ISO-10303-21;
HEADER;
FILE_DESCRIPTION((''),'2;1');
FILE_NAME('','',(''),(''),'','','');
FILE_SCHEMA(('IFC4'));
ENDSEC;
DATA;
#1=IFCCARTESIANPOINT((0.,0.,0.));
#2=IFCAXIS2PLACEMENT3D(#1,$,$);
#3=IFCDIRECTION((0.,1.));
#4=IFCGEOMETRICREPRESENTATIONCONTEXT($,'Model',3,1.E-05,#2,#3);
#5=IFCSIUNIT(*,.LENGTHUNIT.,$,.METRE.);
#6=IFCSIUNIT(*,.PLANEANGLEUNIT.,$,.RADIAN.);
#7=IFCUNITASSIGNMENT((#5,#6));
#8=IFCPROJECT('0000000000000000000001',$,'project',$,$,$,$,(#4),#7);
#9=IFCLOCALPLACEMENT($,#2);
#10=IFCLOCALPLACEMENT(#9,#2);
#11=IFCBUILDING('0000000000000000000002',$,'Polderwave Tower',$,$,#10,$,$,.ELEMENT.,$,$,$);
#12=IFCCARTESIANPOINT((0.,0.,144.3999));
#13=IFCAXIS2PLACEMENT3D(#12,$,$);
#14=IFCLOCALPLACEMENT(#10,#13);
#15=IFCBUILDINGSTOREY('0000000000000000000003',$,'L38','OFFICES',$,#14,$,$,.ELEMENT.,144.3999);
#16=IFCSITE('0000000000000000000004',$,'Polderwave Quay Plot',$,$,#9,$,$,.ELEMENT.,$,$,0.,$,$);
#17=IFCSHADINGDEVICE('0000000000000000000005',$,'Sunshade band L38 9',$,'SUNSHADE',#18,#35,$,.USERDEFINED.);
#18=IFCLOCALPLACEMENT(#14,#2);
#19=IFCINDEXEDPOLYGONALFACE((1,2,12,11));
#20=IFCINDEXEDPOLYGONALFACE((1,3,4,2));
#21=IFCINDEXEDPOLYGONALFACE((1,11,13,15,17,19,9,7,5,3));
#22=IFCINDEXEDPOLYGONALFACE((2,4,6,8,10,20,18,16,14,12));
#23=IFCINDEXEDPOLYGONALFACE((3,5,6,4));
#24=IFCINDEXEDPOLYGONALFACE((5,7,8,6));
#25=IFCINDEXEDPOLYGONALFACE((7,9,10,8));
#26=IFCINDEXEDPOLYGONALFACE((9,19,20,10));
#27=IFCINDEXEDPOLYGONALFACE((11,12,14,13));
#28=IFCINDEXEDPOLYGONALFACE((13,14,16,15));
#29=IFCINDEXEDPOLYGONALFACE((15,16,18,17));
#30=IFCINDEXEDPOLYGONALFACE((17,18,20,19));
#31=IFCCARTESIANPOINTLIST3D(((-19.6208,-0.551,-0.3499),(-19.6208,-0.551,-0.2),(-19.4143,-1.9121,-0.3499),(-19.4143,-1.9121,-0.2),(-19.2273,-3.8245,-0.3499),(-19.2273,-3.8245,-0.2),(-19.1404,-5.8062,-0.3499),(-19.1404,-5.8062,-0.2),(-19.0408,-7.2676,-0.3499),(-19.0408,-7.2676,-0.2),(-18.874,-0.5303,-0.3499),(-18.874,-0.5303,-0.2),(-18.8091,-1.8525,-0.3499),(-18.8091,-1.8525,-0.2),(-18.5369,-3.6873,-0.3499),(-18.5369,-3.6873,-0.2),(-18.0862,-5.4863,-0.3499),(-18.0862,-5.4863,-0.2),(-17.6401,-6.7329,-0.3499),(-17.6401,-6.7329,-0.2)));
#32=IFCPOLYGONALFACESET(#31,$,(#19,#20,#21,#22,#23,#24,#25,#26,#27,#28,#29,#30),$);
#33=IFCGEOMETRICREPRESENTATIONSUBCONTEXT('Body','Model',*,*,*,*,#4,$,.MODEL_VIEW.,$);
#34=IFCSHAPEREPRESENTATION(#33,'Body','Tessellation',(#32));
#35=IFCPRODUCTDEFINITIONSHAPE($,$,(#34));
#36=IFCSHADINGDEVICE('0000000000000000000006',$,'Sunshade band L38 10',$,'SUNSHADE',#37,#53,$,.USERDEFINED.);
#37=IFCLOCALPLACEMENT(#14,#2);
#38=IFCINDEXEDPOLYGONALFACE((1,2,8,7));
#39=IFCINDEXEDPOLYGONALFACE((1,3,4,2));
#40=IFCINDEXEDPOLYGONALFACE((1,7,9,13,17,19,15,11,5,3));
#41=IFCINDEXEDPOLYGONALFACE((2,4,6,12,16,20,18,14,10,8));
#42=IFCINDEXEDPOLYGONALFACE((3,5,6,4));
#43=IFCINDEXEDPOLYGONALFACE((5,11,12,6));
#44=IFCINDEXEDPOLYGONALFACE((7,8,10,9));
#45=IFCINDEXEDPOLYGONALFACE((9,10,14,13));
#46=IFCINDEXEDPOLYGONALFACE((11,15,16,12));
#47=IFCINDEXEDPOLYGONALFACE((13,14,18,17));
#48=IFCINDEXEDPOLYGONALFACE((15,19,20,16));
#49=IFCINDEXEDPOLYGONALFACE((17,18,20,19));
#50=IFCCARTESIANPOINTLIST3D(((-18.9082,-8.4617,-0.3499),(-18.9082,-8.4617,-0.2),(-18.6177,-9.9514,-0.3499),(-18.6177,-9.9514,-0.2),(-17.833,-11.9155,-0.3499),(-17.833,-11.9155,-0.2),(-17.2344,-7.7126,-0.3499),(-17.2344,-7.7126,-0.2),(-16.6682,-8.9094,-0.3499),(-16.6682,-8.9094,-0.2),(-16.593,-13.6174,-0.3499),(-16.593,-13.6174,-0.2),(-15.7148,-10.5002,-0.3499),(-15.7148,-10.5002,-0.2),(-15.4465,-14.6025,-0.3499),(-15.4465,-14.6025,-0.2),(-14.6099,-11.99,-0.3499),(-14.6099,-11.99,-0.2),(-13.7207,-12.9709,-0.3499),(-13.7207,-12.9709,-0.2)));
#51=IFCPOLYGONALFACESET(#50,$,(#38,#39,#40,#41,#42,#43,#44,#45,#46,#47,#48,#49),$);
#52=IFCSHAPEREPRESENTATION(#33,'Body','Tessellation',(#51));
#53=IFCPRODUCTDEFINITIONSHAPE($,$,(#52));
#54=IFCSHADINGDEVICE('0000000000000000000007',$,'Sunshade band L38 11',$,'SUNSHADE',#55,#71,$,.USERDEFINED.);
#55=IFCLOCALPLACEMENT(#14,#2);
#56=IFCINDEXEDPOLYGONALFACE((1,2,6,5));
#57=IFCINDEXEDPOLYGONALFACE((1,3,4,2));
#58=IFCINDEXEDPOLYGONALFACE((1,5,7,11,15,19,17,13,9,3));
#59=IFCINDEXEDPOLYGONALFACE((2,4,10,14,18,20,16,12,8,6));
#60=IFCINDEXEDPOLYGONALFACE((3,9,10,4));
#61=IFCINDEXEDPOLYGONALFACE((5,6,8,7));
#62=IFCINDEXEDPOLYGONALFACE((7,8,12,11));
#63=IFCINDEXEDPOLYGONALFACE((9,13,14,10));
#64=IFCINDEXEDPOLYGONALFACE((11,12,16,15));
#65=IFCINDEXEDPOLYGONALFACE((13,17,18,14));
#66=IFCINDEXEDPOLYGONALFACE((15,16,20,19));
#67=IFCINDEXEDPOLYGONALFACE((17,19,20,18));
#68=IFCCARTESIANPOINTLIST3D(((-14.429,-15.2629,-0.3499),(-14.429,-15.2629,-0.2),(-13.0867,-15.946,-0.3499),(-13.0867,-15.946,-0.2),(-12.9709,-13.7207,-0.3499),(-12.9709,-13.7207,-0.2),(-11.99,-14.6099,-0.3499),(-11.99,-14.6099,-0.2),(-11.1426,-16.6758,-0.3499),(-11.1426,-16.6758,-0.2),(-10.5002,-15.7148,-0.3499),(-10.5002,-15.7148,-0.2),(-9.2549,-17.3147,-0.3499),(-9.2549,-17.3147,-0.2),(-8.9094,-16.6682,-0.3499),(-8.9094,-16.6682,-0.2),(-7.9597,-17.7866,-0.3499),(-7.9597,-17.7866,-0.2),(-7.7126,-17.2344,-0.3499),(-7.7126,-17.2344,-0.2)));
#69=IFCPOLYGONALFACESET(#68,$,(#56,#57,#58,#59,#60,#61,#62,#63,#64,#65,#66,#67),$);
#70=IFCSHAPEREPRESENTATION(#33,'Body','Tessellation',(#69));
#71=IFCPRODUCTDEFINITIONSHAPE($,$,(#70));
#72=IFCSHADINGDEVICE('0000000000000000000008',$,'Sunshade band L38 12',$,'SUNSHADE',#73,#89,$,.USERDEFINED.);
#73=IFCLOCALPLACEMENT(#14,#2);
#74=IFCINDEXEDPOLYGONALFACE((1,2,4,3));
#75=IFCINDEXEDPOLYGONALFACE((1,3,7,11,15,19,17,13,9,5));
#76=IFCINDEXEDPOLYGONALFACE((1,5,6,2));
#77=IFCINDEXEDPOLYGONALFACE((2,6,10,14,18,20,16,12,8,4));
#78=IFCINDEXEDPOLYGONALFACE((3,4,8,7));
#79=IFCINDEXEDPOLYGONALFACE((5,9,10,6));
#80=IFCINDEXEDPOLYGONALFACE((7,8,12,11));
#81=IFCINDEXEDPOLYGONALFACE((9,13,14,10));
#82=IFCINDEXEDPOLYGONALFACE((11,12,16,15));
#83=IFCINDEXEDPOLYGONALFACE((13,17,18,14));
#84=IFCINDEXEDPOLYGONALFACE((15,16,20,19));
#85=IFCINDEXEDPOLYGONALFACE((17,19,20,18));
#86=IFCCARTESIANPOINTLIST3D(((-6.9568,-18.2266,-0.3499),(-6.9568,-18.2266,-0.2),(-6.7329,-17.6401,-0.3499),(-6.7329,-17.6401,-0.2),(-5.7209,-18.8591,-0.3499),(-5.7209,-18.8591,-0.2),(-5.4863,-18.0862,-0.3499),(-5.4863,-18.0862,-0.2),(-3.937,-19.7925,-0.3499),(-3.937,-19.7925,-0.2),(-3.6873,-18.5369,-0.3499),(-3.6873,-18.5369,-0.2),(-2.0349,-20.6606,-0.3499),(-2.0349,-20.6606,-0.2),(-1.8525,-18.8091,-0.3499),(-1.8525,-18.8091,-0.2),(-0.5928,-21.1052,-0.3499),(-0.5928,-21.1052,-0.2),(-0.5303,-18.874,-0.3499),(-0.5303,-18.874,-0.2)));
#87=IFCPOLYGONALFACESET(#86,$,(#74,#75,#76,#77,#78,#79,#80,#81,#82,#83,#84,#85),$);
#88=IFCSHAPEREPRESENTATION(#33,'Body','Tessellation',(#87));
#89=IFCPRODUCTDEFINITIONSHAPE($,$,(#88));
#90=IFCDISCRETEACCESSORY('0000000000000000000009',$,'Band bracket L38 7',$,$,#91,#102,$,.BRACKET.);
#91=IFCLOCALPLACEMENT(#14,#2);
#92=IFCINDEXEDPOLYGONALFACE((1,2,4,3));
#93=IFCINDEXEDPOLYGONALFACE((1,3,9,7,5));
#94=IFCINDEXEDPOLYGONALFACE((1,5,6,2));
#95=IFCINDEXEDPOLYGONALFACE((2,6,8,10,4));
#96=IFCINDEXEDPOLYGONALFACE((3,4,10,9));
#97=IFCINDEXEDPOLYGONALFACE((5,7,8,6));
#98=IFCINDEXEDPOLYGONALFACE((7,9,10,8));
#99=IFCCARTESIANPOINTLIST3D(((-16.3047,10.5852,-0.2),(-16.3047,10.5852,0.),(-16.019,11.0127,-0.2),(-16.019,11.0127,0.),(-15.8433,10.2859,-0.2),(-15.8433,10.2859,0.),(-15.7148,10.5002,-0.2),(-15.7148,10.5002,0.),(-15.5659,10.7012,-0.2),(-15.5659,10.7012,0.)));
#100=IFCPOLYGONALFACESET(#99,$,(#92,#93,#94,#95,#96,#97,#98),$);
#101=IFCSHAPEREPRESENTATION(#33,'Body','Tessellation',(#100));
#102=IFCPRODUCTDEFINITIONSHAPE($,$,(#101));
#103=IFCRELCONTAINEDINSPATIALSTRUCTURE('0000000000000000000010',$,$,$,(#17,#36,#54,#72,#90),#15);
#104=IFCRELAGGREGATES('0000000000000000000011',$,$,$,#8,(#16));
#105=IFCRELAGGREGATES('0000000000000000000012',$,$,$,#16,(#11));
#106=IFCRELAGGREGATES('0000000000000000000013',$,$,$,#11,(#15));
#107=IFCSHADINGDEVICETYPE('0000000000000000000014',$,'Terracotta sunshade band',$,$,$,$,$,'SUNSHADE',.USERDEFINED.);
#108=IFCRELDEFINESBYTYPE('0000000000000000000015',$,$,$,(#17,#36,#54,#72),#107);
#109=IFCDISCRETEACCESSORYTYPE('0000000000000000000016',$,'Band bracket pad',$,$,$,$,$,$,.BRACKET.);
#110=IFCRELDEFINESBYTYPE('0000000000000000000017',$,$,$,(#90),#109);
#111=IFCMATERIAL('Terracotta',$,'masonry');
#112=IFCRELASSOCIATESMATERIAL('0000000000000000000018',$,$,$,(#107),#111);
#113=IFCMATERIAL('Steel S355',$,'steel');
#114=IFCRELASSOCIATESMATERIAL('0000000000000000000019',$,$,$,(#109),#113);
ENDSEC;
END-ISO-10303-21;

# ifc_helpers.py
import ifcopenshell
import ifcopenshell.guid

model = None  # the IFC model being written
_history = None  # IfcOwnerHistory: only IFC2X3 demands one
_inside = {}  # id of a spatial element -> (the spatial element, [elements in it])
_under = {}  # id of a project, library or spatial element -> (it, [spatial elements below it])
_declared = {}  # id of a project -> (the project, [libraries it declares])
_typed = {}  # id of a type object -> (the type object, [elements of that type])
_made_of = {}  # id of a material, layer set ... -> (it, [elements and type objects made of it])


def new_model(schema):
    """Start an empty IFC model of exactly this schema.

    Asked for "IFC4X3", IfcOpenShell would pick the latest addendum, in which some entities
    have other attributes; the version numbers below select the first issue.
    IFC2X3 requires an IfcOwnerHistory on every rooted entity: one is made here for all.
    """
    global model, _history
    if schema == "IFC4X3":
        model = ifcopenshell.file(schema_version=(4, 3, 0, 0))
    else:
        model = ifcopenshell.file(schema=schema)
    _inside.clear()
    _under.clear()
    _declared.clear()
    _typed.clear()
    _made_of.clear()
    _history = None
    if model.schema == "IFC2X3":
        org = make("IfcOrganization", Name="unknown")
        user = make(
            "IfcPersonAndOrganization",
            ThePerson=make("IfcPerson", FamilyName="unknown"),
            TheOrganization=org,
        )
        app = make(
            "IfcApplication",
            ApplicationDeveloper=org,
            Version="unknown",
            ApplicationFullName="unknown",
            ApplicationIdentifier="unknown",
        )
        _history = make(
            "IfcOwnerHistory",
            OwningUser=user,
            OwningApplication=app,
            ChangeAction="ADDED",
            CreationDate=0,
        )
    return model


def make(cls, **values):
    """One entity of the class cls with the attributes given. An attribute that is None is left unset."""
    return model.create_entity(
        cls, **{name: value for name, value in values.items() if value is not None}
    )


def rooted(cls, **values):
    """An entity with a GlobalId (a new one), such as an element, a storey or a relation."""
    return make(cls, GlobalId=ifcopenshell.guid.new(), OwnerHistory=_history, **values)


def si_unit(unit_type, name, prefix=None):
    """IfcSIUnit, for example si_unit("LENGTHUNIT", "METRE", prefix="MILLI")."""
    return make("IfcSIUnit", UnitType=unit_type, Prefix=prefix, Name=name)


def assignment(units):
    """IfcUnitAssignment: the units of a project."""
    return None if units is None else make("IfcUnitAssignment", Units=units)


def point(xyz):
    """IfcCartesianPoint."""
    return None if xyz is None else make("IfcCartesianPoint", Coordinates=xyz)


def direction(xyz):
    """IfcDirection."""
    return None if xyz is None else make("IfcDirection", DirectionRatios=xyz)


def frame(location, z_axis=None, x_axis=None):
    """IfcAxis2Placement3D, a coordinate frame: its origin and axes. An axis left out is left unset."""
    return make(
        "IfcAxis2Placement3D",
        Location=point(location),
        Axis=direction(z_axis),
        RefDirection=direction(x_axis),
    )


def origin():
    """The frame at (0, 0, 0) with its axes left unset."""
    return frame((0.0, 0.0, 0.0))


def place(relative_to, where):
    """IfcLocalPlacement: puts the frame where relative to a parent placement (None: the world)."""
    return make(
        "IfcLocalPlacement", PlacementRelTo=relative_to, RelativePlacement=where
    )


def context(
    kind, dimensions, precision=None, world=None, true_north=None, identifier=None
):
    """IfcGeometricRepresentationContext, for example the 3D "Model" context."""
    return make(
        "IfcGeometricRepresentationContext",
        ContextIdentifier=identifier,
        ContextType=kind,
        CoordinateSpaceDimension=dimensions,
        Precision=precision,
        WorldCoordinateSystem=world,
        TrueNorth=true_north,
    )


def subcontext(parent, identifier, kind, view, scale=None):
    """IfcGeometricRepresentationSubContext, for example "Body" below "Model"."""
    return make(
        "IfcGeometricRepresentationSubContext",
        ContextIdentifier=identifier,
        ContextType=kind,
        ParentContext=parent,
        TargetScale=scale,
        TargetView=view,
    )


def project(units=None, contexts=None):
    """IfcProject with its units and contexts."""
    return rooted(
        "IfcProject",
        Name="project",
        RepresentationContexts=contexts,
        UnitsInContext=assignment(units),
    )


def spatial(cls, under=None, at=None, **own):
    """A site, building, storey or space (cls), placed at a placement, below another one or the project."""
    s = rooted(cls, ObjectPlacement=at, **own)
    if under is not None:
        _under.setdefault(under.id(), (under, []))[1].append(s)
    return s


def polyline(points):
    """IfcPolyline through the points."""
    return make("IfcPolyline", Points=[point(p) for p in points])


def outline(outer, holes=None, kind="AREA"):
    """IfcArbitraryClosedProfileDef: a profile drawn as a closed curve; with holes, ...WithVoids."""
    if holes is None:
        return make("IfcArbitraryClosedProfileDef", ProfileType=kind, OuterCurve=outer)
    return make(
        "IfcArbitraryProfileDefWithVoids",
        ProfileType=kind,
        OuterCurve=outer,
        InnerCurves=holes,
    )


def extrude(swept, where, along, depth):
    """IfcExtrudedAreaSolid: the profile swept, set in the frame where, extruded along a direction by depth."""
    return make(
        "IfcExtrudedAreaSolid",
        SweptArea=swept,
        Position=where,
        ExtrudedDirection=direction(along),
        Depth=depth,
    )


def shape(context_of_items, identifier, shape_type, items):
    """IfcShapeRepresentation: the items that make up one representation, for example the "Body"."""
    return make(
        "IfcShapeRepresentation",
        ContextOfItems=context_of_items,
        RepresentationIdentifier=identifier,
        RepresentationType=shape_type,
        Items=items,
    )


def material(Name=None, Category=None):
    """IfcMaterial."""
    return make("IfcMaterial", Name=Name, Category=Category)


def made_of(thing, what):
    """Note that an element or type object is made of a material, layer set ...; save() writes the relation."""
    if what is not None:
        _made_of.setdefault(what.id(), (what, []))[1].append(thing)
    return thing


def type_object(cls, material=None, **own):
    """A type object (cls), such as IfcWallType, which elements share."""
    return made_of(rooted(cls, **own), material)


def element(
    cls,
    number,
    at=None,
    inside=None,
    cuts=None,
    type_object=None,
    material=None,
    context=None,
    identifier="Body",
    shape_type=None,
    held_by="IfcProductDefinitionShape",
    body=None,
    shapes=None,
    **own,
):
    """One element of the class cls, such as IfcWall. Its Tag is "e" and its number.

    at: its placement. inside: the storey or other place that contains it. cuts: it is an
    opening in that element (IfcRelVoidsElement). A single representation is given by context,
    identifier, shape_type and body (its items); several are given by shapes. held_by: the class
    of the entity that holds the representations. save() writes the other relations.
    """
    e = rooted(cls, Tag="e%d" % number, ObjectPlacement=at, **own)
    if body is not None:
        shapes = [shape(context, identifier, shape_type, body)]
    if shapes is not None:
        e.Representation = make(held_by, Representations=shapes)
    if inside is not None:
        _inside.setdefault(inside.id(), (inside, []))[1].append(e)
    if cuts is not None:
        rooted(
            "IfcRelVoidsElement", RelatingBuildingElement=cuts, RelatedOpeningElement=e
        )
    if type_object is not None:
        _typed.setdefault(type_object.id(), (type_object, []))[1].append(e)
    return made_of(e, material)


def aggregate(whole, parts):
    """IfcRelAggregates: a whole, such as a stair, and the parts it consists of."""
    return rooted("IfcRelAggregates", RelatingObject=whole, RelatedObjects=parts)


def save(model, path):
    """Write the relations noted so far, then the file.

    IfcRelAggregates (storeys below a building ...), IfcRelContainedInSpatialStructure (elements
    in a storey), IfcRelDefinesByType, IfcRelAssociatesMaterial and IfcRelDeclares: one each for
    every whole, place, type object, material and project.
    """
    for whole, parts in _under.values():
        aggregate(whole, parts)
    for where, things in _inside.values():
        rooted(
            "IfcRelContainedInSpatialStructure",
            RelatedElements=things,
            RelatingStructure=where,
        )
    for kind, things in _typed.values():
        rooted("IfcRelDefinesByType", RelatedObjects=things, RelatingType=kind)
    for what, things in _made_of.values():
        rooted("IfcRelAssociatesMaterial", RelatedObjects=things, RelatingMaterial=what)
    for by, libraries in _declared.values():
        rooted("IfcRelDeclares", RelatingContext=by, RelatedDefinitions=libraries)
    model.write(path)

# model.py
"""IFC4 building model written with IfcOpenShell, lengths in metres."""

from ifc_helpers import new_model, si_unit, direction, frame, origin, place, context, subcontext, project, spatial, polyline, outline, extrude, material, type_object, element, save


model = new_model("IFC4")

# Units and contexts
model_context = context("Model", 3, precision=1e-05, world=origin(), true_north=direction((0.0, 1.0)))
body_context = subcontext(model_context, "Body", "Model", "MODEL_VIEW")
ifc_project = project(units=[si_unit("LENGTHUNIT", "METRE"), si_unit("PLANEANGLEUNIT", "RADIAN")], contexts=[model_context])

# Site, building, storey
site_placement = place(None, origin())
site = spatial("IfcSite", under=ifc_project, at=site_placement, Name="Polderwave Quay Plot", CompositionType="ELEMENT", RefElevation=0.0)
building_placement = place(site_placement, origin())
building = spatial("IfcBuilding", under=site, at=building_placement, Name="Polderwave Tower", CompositionType="ELEMENT")
storey_placement = place(building_placement, frame((0.0, 0.0, 144.3999)))
storey = spatial("IfcBuildingStorey", under=building, at=storey_placement, Name="L38", Description="OFFICES", CompositionType="ELEMENT", Elevation=144.3999)

# Shading devices
ifc_material_1 = material(Name="Terracotta", Category="masonry")
shading_device_type = type_object("IfcShadingDeviceType", Name="Terracotta sunshade band", ElementType="SUNSHADE", PredefinedType="USERDEFINED", material=ifc_material_1)
shading_device_1_placement = place(storey_placement, frame((0.0, 0.0, -0.3499)))
element("IfcShadingDevice", 1, at=shading_device_1_placement, inside=storey, type_object=shading_device_type, Name="Sunshade band L38 9", ObjectType="SUNSHADE", PredefinedType="USERDEFINED", context=body_context, shape_type="SweptSolid", body=[
    extrude(outline(polyline([(-18.874, -0.5303), (-18.8091, -1.8525), (-18.5369, -3.6873), (-18.0862, -5.4863), (-17.6401, -6.7329), (-19.0408, -7.2676), (-19.1404, -5.8062), (-19.2273, -3.8245), (-19.4143, -1.9121), (-19.6208, -0.551), (-18.874, -0.5303)])), origin(), (0.0, 0.0, 1.0), 0.1499),
])
shading_device_2_placement = place(storey_placement, frame((0.0, 0.0, -0.3499)))
element("IfcShadingDevice", 2, at=shading_device_2_placement, inside=storey, type_object=shading_device_type, Name="Sunshade band L38 10", ObjectType="SUNSHADE", PredefinedType="USERDEFINED", context=body_context, shape_type="SweptSolid", body=[
    extrude(outline(polyline([(-17.2344, -7.7126), (-16.6682, -8.9094), (-15.7148, -10.5002), (-14.6099, -11.99), (-13.7207, -12.9709), (-15.4465, -14.6025), (-16.593, -13.6174), (-17.833, -11.9155), (-18.6177, -9.9514), (-18.9082, -8.4617), (-17.2344, -7.7126)])), origin(), (0.0, 0.0, 1.0), 0.1499),
])
shading_device_3_placement = place(storey_placement, frame((0.0, 0.0, -0.3499)))
element("IfcShadingDevice", 3, at=shading_device_3_placement, inside=storey, type_object=shading_device_type, Name="Sunshade band L38 11", ObjectType="SUNSHADE", PredefinedType="USERDEFINED", context=body_context, shape_type="SweptSolid", body=[
    extrude(outline(polyline([(-12.9709, -13.7207), (-11.99, -14.6099), (-10.5002, -15.7148), (-8.9094, -16.6682), (-7.7126, -17.2344), (-7.9597, -17.7866), (-9.2549, -17.3147), (-11.1426, -16.6758), (-13.0867, -15.946), (-14.429, -15.2629), (-12.9709, -13.7207)])), origin(), (0.0, 0.0, 1.0), 0.1499),
])
shading_device_4_placement = place(storey_placement, frame((0.0, 0.0, -0.3499)))
element("IfcShadingDevice", 4, at=shading_device_4_placement, inside=storey, type_object=shading_device_type, Name="Sunshade band L38 12", ObjectType="SUNSHADE", PredefinedType="USERDEFINED", context=body_context, shape_type="SweptSolid", body=[
    extrude(outline(polyline([(-6.7329, -17.6401), (-5.4863, -18.0862), (-3.6873, -18.5369), (-1.8525, -18.8091), (-0.5303, -18.874), (-0.5928, -21.1052), (-2.0349, -20.6606), (-3.937, -19.7925), (-5.7209, -18.8591), (-6.9568, -18.2266), (-6.7329, -17.6401)])), origin(), (0.0, 0.0, 1.0), 0.1499),
])

# Discrete accessory
ifc_material_2 = material(Name="Steel S355", Category="steel")
discrete_accessory_type = type_object("IfcDiscreteAccessoryType", Name="Band bracket pad", PredefinedType="BRACKET", material=ifc_material_2)
discrete_accessory_placement = place(storey_placement, frame((0.0, 0.0, -0.2)))
element("IfcDiscreteAccessory", 5, at=discrete_accessory_placement, inside=storey, type_object=discrete_accessory_type, Name="Band bracket L38 7", PredefinedType="BRACKET", context=body_context, shape_type="SweptSolid", body=[
    extrude(outline(polyline([(-15.5659, 10.7012), (-15.7148, 10.5002), (-15.8433, 10.2859), (-16.3047, 10.5852), (-16.019, 11.0127), (-15.5659, 10.7012)])), origin(), (0.0, 0.0, 1.0), 0.2),
])

save(model, "model.ifc")
